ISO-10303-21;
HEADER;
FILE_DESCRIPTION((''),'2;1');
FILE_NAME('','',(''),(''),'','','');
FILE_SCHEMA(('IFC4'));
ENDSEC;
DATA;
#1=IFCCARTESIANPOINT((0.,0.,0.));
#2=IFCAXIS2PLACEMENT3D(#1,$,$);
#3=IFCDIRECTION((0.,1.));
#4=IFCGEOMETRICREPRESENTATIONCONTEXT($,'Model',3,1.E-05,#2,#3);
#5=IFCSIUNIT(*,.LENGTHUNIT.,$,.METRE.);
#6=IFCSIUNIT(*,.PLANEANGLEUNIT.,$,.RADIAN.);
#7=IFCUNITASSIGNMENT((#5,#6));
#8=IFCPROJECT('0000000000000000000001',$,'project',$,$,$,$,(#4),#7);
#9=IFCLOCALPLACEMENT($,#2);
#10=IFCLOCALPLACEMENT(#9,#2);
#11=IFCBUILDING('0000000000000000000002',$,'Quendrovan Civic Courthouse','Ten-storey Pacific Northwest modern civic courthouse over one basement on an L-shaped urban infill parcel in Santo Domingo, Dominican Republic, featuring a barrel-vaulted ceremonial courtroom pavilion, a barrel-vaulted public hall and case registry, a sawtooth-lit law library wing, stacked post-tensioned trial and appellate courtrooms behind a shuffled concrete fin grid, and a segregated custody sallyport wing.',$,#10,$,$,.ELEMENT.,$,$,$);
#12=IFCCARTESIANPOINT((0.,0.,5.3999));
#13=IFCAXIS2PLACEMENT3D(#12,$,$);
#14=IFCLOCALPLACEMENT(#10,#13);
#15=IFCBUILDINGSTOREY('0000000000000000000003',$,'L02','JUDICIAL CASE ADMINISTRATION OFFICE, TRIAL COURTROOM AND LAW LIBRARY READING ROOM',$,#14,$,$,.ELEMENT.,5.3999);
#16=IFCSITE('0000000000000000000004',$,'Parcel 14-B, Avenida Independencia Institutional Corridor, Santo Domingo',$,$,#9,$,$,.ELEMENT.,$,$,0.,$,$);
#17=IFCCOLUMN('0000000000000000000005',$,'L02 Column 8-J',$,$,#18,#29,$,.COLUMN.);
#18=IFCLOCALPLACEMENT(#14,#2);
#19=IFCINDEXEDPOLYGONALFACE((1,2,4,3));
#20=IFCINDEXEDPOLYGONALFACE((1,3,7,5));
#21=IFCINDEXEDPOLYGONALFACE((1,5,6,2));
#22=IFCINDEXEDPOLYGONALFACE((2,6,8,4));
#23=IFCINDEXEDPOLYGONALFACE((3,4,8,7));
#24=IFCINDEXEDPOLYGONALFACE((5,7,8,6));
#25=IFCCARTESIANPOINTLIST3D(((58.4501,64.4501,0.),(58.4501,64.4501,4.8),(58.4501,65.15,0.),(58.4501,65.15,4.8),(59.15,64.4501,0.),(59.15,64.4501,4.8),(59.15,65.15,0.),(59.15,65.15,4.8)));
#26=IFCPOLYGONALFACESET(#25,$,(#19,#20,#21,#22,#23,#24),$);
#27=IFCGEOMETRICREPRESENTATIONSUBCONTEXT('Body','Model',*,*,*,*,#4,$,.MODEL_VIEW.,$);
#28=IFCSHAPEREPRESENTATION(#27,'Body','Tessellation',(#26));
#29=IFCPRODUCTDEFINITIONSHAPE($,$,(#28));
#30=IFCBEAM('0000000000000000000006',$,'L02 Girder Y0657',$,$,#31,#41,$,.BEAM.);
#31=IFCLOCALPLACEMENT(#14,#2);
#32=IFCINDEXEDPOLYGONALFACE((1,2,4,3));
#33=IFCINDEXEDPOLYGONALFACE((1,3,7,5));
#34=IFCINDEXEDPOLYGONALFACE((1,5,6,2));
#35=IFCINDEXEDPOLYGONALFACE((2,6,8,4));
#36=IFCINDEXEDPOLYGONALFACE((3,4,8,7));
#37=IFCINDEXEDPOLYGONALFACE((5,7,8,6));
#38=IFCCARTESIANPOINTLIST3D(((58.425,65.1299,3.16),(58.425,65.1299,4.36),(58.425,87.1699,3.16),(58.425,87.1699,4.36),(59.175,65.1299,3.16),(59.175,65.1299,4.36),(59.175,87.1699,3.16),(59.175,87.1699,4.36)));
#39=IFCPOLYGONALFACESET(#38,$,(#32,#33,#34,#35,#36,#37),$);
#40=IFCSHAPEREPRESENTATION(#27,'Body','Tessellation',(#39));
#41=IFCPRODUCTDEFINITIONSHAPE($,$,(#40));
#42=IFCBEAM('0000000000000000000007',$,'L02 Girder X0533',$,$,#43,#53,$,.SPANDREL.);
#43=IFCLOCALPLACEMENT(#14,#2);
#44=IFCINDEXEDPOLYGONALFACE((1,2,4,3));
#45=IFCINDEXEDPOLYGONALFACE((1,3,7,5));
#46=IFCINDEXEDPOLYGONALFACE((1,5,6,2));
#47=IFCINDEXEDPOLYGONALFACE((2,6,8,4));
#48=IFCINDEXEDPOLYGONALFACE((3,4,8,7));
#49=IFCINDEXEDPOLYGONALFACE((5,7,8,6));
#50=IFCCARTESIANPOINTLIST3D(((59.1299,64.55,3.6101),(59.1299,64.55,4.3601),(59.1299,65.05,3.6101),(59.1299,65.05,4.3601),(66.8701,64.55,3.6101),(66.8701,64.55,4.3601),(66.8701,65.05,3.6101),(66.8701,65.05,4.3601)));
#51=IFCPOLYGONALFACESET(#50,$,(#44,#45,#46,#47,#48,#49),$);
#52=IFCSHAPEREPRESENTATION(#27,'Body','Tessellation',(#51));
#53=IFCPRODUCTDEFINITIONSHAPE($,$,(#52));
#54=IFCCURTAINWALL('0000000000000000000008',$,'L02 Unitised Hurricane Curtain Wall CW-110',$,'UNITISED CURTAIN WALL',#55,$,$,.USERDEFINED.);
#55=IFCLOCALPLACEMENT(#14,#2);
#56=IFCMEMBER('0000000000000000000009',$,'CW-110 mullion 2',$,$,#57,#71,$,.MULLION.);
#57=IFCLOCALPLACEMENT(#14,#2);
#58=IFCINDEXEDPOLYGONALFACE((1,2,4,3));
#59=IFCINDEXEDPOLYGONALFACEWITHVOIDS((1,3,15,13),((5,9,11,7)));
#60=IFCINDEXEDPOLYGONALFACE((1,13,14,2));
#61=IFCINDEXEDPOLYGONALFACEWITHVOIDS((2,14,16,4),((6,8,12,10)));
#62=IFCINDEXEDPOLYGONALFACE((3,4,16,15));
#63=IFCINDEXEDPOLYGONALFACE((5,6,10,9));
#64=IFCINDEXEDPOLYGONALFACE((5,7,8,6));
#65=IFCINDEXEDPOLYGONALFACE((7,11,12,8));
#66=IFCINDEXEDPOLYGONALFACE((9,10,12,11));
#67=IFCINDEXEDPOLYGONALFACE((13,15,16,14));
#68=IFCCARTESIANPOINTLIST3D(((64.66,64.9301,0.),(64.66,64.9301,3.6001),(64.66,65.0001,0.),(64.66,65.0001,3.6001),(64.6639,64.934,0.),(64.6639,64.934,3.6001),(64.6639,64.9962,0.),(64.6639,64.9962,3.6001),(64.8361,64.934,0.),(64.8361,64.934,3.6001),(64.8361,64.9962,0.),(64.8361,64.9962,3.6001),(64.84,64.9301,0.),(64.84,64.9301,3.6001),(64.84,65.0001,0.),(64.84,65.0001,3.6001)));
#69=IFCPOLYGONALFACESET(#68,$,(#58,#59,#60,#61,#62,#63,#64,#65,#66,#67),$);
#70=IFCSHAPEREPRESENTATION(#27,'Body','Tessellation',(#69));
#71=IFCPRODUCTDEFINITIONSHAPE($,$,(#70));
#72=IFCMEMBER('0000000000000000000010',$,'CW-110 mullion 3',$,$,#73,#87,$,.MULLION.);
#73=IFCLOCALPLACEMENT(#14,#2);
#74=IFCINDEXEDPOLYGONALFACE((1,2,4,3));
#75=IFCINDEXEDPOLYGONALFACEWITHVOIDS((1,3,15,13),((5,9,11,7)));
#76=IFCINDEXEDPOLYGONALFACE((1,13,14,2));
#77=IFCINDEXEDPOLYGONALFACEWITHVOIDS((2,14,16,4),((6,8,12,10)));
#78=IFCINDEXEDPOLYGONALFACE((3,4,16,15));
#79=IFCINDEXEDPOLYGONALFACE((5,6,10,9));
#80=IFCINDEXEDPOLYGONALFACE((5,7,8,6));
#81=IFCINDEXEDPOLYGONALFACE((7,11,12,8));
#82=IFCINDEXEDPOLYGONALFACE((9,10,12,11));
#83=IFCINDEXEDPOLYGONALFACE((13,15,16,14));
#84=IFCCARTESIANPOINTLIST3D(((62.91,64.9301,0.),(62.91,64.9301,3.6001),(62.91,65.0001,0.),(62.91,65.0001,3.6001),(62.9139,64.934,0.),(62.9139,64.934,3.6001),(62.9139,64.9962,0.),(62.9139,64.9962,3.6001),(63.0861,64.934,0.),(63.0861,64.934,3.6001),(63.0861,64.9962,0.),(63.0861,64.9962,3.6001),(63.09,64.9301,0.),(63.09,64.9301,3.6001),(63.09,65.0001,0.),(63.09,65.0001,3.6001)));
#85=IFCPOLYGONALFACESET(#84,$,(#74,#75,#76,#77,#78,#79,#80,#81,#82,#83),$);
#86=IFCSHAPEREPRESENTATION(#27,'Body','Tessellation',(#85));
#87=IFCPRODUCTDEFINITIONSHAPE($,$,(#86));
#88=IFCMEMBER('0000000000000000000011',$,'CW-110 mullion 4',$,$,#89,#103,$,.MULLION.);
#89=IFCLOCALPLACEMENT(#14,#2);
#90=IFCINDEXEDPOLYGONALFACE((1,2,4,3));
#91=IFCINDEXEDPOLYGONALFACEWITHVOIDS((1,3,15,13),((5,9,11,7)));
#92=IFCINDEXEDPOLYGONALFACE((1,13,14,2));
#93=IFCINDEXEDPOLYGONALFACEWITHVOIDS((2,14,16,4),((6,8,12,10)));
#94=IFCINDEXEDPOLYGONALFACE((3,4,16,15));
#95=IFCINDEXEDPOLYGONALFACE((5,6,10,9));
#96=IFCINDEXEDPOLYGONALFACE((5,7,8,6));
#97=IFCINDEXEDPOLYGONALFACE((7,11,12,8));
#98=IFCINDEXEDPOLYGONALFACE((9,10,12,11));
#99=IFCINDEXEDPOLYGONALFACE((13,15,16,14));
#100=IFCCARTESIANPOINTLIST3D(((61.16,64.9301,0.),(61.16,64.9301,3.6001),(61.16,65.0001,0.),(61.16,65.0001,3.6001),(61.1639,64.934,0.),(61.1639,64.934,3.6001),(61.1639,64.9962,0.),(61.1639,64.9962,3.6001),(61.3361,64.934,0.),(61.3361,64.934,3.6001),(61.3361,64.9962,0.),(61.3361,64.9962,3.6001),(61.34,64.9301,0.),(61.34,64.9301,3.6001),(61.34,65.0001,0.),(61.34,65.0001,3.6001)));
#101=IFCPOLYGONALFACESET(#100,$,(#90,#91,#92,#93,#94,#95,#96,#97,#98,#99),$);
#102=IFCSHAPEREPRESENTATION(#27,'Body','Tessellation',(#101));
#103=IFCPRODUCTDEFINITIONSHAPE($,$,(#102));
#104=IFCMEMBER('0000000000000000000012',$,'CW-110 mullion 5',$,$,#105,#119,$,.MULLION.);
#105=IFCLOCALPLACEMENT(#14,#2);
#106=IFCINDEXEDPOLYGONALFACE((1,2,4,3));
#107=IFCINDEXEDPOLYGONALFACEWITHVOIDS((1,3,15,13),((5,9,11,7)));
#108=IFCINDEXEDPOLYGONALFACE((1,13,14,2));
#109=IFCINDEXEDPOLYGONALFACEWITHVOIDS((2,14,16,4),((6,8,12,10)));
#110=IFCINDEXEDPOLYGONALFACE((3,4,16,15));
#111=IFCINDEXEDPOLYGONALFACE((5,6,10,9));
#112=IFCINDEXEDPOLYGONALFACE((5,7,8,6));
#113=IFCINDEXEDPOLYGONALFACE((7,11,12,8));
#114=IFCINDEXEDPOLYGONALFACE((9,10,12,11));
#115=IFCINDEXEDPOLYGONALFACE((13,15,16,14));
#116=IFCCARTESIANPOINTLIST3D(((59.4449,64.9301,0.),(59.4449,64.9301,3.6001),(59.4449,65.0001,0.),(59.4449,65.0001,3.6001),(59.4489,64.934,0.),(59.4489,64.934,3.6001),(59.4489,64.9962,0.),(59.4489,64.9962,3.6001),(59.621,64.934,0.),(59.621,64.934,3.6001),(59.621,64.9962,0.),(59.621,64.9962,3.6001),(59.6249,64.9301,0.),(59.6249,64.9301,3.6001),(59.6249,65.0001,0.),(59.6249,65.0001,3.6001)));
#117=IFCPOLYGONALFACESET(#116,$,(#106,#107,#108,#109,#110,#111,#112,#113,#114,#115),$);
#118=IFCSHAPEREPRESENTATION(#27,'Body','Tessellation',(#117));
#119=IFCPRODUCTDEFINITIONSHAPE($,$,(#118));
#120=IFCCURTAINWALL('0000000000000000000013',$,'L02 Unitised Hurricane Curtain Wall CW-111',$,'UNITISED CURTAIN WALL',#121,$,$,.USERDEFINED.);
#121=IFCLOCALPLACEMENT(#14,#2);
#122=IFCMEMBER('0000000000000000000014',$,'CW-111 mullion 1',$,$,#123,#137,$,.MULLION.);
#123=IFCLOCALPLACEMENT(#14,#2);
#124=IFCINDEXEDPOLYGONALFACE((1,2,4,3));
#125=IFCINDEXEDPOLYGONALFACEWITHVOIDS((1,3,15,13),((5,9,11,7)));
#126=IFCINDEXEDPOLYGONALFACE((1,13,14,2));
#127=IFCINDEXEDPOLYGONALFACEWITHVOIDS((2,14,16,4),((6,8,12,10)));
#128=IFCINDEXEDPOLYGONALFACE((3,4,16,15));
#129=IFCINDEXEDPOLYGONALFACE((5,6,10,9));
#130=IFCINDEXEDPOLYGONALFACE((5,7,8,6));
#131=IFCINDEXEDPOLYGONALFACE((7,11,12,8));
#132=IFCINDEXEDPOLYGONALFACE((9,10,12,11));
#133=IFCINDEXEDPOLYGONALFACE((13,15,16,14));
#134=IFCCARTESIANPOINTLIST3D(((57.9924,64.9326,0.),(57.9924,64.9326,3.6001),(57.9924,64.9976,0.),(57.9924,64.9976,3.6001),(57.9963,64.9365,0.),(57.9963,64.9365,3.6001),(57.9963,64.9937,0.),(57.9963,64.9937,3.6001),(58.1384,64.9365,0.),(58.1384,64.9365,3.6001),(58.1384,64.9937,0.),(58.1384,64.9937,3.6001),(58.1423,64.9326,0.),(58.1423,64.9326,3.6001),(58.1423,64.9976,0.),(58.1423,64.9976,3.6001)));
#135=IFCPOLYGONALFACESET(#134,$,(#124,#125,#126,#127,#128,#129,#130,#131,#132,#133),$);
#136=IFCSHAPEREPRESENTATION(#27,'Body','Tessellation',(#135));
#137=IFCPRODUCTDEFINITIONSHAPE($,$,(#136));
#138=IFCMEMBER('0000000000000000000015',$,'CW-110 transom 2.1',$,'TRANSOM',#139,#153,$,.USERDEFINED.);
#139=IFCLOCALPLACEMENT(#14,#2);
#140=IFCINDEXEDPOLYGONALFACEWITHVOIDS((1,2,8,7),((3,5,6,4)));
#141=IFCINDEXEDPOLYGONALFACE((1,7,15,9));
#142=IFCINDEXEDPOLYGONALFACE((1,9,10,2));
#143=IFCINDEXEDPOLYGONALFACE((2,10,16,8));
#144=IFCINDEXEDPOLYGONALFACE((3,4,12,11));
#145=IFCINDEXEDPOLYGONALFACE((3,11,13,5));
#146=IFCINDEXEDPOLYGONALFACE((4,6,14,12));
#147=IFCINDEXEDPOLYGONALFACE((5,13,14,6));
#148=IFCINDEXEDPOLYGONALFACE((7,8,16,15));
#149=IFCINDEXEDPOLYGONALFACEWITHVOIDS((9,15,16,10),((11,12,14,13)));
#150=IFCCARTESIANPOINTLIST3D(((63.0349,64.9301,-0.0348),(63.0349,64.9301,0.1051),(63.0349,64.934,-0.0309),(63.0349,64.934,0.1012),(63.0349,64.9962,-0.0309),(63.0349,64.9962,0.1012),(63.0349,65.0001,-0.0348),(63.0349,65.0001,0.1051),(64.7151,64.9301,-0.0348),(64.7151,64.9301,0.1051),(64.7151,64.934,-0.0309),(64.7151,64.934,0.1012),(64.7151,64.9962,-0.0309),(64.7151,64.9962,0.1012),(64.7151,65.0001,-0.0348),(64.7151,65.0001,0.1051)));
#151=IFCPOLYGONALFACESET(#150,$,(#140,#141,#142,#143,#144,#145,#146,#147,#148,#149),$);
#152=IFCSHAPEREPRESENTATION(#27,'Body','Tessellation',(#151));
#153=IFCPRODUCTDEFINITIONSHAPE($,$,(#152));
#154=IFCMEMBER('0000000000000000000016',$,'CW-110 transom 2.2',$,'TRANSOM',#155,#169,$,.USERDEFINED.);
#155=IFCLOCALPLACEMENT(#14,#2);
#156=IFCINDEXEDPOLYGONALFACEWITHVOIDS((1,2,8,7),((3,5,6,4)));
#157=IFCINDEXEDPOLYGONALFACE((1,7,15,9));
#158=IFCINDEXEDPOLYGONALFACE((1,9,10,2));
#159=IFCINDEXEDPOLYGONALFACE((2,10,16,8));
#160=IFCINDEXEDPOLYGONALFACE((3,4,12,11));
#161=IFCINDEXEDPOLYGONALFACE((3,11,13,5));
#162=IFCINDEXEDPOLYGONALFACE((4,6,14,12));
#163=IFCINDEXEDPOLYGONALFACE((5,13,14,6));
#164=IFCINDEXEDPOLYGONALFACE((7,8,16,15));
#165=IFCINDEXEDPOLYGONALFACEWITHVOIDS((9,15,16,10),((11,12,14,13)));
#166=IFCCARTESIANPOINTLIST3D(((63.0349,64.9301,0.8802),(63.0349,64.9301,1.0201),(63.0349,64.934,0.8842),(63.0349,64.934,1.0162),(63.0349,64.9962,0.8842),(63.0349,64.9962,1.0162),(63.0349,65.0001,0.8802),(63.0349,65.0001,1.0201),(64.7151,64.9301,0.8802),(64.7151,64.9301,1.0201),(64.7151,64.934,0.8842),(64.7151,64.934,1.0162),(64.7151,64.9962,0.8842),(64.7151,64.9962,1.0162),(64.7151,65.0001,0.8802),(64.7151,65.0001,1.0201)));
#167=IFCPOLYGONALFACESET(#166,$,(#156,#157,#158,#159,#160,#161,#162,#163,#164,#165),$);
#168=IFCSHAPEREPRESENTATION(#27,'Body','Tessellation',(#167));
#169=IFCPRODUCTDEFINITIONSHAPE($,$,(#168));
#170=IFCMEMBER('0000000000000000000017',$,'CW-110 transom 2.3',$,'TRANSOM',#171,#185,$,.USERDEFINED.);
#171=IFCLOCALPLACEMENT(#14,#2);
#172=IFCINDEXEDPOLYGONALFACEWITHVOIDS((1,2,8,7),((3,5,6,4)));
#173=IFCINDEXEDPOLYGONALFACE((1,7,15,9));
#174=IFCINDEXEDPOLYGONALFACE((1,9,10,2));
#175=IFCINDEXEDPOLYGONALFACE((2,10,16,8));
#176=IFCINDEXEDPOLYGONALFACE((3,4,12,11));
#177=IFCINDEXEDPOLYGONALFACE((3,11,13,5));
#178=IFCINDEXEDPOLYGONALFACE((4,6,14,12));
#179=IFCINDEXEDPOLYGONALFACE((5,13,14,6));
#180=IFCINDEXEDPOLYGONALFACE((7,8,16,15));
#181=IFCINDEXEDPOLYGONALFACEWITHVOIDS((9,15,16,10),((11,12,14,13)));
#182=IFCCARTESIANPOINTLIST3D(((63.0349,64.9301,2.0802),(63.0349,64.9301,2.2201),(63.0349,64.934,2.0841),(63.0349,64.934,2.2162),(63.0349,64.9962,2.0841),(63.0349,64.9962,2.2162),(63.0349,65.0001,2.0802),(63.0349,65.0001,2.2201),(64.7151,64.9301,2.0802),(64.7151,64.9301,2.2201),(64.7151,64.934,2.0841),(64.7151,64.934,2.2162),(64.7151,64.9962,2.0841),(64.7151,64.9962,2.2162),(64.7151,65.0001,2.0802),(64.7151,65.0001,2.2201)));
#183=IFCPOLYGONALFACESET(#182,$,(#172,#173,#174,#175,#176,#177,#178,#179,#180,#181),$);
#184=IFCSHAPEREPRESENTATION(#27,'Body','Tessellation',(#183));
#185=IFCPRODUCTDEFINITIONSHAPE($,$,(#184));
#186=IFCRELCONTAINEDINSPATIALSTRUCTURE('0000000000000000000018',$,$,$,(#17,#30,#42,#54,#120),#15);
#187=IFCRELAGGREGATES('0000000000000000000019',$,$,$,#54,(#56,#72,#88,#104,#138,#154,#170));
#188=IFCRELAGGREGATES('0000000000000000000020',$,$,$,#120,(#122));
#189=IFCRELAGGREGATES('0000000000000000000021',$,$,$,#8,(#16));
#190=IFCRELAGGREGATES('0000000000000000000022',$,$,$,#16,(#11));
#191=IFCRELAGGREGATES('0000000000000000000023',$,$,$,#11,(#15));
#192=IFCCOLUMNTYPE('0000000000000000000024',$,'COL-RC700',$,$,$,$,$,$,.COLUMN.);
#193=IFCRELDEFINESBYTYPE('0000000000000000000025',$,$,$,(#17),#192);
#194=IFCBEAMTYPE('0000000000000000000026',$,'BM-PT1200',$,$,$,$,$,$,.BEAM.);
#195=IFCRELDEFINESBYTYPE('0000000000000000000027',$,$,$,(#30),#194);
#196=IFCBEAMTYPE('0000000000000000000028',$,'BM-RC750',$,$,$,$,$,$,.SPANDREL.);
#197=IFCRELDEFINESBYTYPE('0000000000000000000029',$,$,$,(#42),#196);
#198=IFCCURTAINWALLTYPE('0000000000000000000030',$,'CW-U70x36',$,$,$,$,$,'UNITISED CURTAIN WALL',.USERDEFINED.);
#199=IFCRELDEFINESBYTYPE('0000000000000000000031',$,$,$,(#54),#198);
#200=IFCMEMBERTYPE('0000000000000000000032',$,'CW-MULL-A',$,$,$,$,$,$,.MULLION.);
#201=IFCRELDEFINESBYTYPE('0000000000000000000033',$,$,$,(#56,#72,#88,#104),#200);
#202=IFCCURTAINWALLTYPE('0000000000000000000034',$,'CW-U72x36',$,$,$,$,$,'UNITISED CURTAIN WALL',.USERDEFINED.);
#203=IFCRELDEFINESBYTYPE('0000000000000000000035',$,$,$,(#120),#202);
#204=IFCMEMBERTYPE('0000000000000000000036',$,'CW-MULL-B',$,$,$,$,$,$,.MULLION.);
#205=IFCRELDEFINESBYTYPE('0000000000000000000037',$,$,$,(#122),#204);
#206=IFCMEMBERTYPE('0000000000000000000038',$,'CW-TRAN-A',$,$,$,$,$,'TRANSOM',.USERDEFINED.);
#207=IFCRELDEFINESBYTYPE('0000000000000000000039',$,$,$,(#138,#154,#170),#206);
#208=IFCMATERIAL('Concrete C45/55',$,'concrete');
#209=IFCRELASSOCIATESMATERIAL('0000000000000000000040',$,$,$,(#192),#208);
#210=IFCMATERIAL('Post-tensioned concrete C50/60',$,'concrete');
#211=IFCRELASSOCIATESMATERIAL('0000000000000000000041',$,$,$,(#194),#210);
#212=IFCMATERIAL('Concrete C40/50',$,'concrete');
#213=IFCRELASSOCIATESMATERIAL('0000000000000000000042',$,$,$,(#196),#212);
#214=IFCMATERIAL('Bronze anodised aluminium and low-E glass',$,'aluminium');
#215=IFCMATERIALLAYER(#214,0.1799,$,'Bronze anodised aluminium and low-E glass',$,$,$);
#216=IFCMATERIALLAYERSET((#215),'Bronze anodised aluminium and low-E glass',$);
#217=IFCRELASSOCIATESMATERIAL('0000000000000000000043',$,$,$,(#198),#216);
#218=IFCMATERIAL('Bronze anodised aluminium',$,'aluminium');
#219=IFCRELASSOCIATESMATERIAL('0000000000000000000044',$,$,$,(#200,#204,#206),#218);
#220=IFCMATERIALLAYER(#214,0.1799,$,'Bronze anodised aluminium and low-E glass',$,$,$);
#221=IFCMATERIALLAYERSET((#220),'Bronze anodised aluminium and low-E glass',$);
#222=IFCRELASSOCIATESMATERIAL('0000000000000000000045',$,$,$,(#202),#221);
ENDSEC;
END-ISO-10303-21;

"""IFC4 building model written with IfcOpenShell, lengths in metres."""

from ifc_helpers import new_model, si_unit, direction, frame, origin, origin_2d, place, context, subcontext, project, spatial, rectangle, hollow_rectangle, extrude, material, layer, layer_set, material_profile, profile_set, type_object, element, aggregate, save


model = new_model("IFC4")

# Units and contexts
model_context = context("Model", 3, precision=1e-05, world=origin(), true_north=direction((0.0, 1.0)))
body_context = subcontext(model_context, "Body", "Model", "MODEL_VIEW")
ifc_project = project(units=[si_unit("LENGTHUNIT", "METRE"), si_unit("PLANEANGLEUNIT", "RADIAN")], contexts=[model_context])

# Site, building, storey
site_placement = place(None, origin())
site = spatial("IfcSite", under=ifc_project, at=site_placement, Name="Parcel 14-B, Avenida Independencia Institutional Corridor, Santo Domingo", CompositionType="ELEMENT", RefElevation=0.0)
building_placement = place(site_placement, origin())
building = spatial("IfcBuilding", under=site, at=building_placement, Name="Quendrovan Civic Courthouse", Description="Ten-storey Pacific Northwest modern civic courthouse over one basement on an L-shaped urban infill parcel in Santo Domingo, Dominican Republic, featuring a barrel-vaulted ceremonial courtroom pavilion, a barrel-vaulted public hall and case registry, a sawtooth-lit law library wing, stacked post-tensioned trial and appellate courtrooms behind a shuffled concrete fin grid, and a segregated custody sallyport wing.", CompositionType="ELEMENT")
storey_placement = place(building_placement, frame((0.0, 0.0, 5.3999)))
storey = spatial("IfcBuildingStorey", under=building, at=storey_placement, Name="L02", Description="JUDICIAL CASE ADMINISTRATION OFFICE, TRIAL COURTROOM AND LAW LIBRARY READING ROOM", CompositionType="ELEMENT", Elevation=5.3999)

# Column
ifc_material_1 = material(Name="Concrete C45/55", Category="concrete")
ifc_material_profile_1 = material_profile(ifc_material_1, rectangle(XDim=0.7, YDim=0.7, at=origin_2d()), Name="RC-COL-700x700")
ifc_profile_set_1 = profile_set([ifc_material_profile_1], Name="Concrete C45/55")
column_type = type_object("IfcColumnType", Name="COL-RC700", PredefinedType="COLUMN", material=ifc_profile_set_1)
column_placement = place(storey_placement, frame((58.8, 64.8, 0.0), z_axis=(0.0, 0.0, 1.0), x_axis=(1.0, 0.0, 0.0)))
element("IfcColumn", 1, at=column_placement, inside=storey, type_object=column_type, Name="L02 Column 8-J", PredefinedType="COLUMN", context=body_context, shape_type="SweptSolid", body=[
    extrude(rectangle(XDim=0.7, YDim=0.7, at=origin_2d()), origin(), (0.0, 0.0, 1.0), 4.8),
])

# Beams
ifc_material_2 = material(Name="Post-tensioned concrete C50/60", Category="concrete")
ifc_material_profile_2 = material_profile(ifc_material_2, rectangle(XDim=0.75, YDim=1.2, at=origin_2d()), Name="PT-GIRD-750x1200")
ifc_profile_set_2 = profile_set([ifc_material_profile_2], Name="Post-tensioned concrete C50/60")
beam_type_1 = type_object("IfcBeamType", Name="BM-PT1200", PredefinedType="BEAM", material=ifc_profile_set_2)
beam_1_placement = place(storey_placement, frame((58.8, 65.1299, 3.76), z_axis=(0.0, 1.0, 0.0), x_axis=(-1.0, 0.0, 0.0)))
element("IfcBeam", 2, at=beam_1_placement, inside=storey, type_object=beam_type_1, Name="L02 Girder Y0657", PredefinedType="BEAM", context=body_context, shape_type="SweptSolid", body=[
    extrude(rectangle(XDim=0.75, YDim=1.2, at=origin_2d()), origin(), (0.0, 0.0, 1.0), 22.04),
])
ifc_material_3 = material(Name="Concrete C40/50", Category="concrete")
ifc_material_profile_3 = material_profile(ifc_material_3, rectangle(XDim=0.5, YDim=0.75, at=origin_2d()), Name="RC-BM-500x750")
ifc_profile_set_3 = profile_set([ifc_material_profile_3], Name="Concrete C40/50")
beam_type_2 = type_object("IfcBeamType", Name="BM-RC750", PredefinedType="SPANDREL", material=ifc_profile_set_3)
beam_2_placement = place(storey_placement, frame((59.1299, 64.8, 3.9851), z_axis=(1.0, 0.0, 0.0), x_axis=(0.0, 1.0, 0.0)))
element("IfcBeam", 3, at=beam_2_placement, inside=storey, type_object=beam_type_2, Name="L02 Girder X0533", PredefinedType="SPANDREL", context=body_context, shape_type="SweptSolid", body=[
    extrude(rectangle(XDim=0.5, YDim=0.75, at=origin_2d()), origin(), (0.0, 0.0, 1.0), 7.7402),
])

# Curtain wall, members
ifc_material_4 = material(Name="Bronze anodised aluminium and low-E glass", Category="aluminium")
ifc_layer_1 = layer(ifc_material_4, 0.1799, Name="Bronze anodised aluminium and low-E glass")
ifc_layer_set_1 = layer_set([ifc_layer_1], Name="Bronze anodised aluminium and low-E glass")
curtain_wall_type_1 = type_object("IfcCurtainWallType", Name="CW-U70x36", ElementType="UNITISED CURTAIN WALL", PredefinedType="USERDEFINED", material=ifc_layer_set_1)
curtain_wall_1_placement = place(storey_placement, origin())
curtain_wall_1 = element("IfcCurtainWall", 4, at=curtain_wall_1_placement, inside=storey, type_object=curtain_wall_type_1, Name="L02 Unitised Hurricane Curtain Wall CW-110", ObjectType="UNITISED CURTAIN WALL", PredefinedType="USERDEFINED")
ifc_material_5 = material(Name="Bronze anodised aluminium", Category="aluminium")
ifc_material_profile_4 = material_profile(ifc_material_5, hollow_rectangle(XDim=0.0701, YDim=0.1799, WallThickness=0.0039, at=origin_2d()), Name="CW-MULL-70x180")
ifc_profile_set_4 = profile_set([ifc_material_profile_4], Name="Bronze anodised aluminium")
member_type_1 = type_object("IfcMemberType", Name="CW-MULL-A", PredefinedType="MULLION", material=ifc_profile_set_4)
member_1_placement = place(storey_placement, frame((64.75, 64.9651, 0.0), z_axis=(0.0, 0.0, 1.0), x_axis=(0.0, -1.0, 0.0)))
member_1 = element("IfcMember", 5, at=member_1_placement, type_object=member_type_1, Name="CW-110 mullion 2", PredefinedType="MULLION", context=body_context, shape_type="SweptSolid", body=[
    extrude(hollow_rectangle(XDim=0.0701, YDim=0.1799, WallThickness=0.0039, at=origin_2d()), origin(), (0.0, 0.0, 1.0), 3.6001),
])
member_2_placement = place(storey_placement, frame((63.0, 64.9651, 0.0), z_axis=(0.0, 0.0, 1.0), x_axis=(0.0, -1.0, 0.0)))
member_2 = element("IfcMember", 6, at=member_2_placement, type_object=member_type_1, Name="CW-110 mullion 3", PredefinedType="MULLION", context=body_context, shape_type="SweptSolid", body=[
    extrude(hollow_rectangle(XDim=0.0701, YDim=0.1799, WallThickness=0.0039, at=origin_2d()), origin(), (0.0, 0.0, 1.0), 3.6001),
])
member_3_placement = place(storey_placement, frame((61.25, 64.9651, 0.0), z_axis=(0.0, 0.0, 1.0), x_axis=(0.0, -1.0, 0.0)))
member_3 = element("IfcMember", 7, at=member_3_placement, type_object=member_type_1, Name="CW-110 mullion 4", PredefinedType="MULLION", context=body_context, shape_type="SweptSolid", body=[
    extrude(hollow_rectangle(XDim=0.0701, YDim=0.1799, WallThickness=0.0039, at=origin_2d()), origin(), (0.0, 0.0, 1.0), 3.6001),
])
member_4_placement = place(storey_placement, frame((59.5349, 64.9651, 0.0), z_axis=(0.0, 0.0, 1.0), x_axis=(0.0, -1.0, 0.0)))
member_4 = element("IfcMember", 8, at=member_4_placement, type_object=member_type_1, Name="CW-110 mullion 5", PredefinedType="MULLION", context=body_context, shape_type="SweptSolid", body=[
    extrude(hollow_rectangle(XDim=0.0701, YDim=0.1799, WallThickness=0.0039, at=origin_2d()), origin(), (0.0, 0.0, 1.0), 3.6001),
])

# Curtain wall, member
ifc_layer_2 = layer(ifc_material_4, 0.1799, Name="Bronze anodised aluminium and low-E glass")
ifc_layer_set_2 = layer_set([ifc_layer_2], Name="Bronze anodised aluminium and low-E glass")
curtain_wall_type_2 = type_object("IfcCurtainWallType", Name="CW-U72x36", ElementType="UNITISED CURTAIN WALL", PredefinedType="USERDEFINED", material=ifc_layer_set_2)
curtain_wall_2_placement = place(storey_placement, origin())
curtain_wall_2 = element("IfcCurtainWall", 9, at=curtain_wall_2_placement, inside=storey, type_object=curtain_wall_type_2, Name="L02 Unitised Hurricane Curtain Wall CW-111", ObjectType="UNITISED CURTAIN WALL", PredefinedType="USERDEFINED")
ifc_material_profile_5 = material_profile(ifc_material_5, hollow_rectangle(XDim=0.0649, YDim=0.1499, WallThickness=0.0039, at=origin_2d()), Name="CW-MULL-65x150")
ifc_profile_set_5 = profile_set([ifc_material_profile_5], Name="Bronze anodised aluminium")
member_type_2 = type_object("IfcMemberType", Name="CW-MULL-B", PredefinedType="MULLION", material=ifc_profile_set_5)
member_5_placement = place(storey_placement, frame((58.0674, 64.9651, 0.0), z_axis=(0.0, 0.0, 1.0), x_axis=(0.0, -1.0, 0.0)))
member_5 = element("IfcMember", 10, at=member_5_placement, type_object=member_type_2, Name="CW-111 mullion 1", PredefinedType="MULLION", context=body_context, shape_type="SweptSolid", body=[
    extrude(hollow_rectangle(XDim=0.0649, YDim=0.1499, WallThickness=0.0039, at=origin_2d()), origin(), (0.0, 0.0, 1.0), 3.6001),
])

# Members
ifc_material_profile_6 = material_profile(ifc_material_5, hollow_rectangle(XDim=0.0701, YDim=0.1399, WallThickness=0.0039, at=origin_2d()), Name="CW-TRAN-70x140")
ifc_profile_set_6 = profile_set([ifc_material_profile_6], Name="Bronze anodised aluminium")
member_type_3 = type_object("IfcMemberType", Name="CW-TRAN-A", ElementType="TRANSOM", PredefinedType="USERDEFINED", material=ifc_profile_set_6)
member_6_placement = place(storey_placement, frame((64.7151, 64.9651, 0.0352), z_axis=(-1.0, 0.0, 0.0), x_axis=(0.0, -1.0, 0.0)))
member_6 = element("IfcMember", 11, at=member_6_placement, type_object=member_type_3, Name="CW-110 transom 2.1", ObjectType="TRANSOM", PredefinedType="USERDEFINED", context=body_context, shape_type="SweptSolid", body=[
    extrude(hollow_rectangle(XDim=0.0701, YDim=0.1399, WallThickness=0.0039, at=origin_2d()), origin(), (0.0, 0.0, 1.0), 1.6802),
])
member_7_placement = place(storey_placement, frame((64.7151, 64.9651, 0.9502), z_axis=(-1.0, 0.0, 0.0), x_axis=(0.0, -1.0, 0.0)))
member_7 = element("IfcMember", 12, at=member_7_placement, type_object=member_type_3, Name="CW-110 transom 2.2", ObjectType="TRANSOM", PredefinedType="USERDEFINED", context=body_context, shape_type="SweptSolid", body=[
    extrude(hollow_rectangle(XDim=0.0701, YDim=0.1399, WallThickness=0.0039, at=origin_2d()), origin(), (0.0, 0.0, 1.0), 1.6802),
])
member_8_placement = place(storey_placement, frame((64.7151, 64.9651, 2.1501), z_axis=(-1.0, 0.0, 0.0), x_axis=(0.0, -1.0, 0.0)))
member_8 = element("IfcMember", 13, at=member_8_placement, type_object=member_type_3, Name="CW-110 transom 2.3", ObjectType="TRANSOM", PredefinedType="USERDEFINED", context=body_context, shape_type="SweptSolid", body=[
    extrude(hollow_rectangle(XDim=0.0701, YDim=0.1399, WallThickness=0.0039, at=origin_2d()), origin(), (0.0, 0.0, 1.0), 1.6802),
])

aggregate(curtain_wall_1, [member_1, member_2, member_3, member_4, member_6, member_7, member_8])
aggregate(curtain_wall_2, [member_5])

save(model, "model.ifc")
